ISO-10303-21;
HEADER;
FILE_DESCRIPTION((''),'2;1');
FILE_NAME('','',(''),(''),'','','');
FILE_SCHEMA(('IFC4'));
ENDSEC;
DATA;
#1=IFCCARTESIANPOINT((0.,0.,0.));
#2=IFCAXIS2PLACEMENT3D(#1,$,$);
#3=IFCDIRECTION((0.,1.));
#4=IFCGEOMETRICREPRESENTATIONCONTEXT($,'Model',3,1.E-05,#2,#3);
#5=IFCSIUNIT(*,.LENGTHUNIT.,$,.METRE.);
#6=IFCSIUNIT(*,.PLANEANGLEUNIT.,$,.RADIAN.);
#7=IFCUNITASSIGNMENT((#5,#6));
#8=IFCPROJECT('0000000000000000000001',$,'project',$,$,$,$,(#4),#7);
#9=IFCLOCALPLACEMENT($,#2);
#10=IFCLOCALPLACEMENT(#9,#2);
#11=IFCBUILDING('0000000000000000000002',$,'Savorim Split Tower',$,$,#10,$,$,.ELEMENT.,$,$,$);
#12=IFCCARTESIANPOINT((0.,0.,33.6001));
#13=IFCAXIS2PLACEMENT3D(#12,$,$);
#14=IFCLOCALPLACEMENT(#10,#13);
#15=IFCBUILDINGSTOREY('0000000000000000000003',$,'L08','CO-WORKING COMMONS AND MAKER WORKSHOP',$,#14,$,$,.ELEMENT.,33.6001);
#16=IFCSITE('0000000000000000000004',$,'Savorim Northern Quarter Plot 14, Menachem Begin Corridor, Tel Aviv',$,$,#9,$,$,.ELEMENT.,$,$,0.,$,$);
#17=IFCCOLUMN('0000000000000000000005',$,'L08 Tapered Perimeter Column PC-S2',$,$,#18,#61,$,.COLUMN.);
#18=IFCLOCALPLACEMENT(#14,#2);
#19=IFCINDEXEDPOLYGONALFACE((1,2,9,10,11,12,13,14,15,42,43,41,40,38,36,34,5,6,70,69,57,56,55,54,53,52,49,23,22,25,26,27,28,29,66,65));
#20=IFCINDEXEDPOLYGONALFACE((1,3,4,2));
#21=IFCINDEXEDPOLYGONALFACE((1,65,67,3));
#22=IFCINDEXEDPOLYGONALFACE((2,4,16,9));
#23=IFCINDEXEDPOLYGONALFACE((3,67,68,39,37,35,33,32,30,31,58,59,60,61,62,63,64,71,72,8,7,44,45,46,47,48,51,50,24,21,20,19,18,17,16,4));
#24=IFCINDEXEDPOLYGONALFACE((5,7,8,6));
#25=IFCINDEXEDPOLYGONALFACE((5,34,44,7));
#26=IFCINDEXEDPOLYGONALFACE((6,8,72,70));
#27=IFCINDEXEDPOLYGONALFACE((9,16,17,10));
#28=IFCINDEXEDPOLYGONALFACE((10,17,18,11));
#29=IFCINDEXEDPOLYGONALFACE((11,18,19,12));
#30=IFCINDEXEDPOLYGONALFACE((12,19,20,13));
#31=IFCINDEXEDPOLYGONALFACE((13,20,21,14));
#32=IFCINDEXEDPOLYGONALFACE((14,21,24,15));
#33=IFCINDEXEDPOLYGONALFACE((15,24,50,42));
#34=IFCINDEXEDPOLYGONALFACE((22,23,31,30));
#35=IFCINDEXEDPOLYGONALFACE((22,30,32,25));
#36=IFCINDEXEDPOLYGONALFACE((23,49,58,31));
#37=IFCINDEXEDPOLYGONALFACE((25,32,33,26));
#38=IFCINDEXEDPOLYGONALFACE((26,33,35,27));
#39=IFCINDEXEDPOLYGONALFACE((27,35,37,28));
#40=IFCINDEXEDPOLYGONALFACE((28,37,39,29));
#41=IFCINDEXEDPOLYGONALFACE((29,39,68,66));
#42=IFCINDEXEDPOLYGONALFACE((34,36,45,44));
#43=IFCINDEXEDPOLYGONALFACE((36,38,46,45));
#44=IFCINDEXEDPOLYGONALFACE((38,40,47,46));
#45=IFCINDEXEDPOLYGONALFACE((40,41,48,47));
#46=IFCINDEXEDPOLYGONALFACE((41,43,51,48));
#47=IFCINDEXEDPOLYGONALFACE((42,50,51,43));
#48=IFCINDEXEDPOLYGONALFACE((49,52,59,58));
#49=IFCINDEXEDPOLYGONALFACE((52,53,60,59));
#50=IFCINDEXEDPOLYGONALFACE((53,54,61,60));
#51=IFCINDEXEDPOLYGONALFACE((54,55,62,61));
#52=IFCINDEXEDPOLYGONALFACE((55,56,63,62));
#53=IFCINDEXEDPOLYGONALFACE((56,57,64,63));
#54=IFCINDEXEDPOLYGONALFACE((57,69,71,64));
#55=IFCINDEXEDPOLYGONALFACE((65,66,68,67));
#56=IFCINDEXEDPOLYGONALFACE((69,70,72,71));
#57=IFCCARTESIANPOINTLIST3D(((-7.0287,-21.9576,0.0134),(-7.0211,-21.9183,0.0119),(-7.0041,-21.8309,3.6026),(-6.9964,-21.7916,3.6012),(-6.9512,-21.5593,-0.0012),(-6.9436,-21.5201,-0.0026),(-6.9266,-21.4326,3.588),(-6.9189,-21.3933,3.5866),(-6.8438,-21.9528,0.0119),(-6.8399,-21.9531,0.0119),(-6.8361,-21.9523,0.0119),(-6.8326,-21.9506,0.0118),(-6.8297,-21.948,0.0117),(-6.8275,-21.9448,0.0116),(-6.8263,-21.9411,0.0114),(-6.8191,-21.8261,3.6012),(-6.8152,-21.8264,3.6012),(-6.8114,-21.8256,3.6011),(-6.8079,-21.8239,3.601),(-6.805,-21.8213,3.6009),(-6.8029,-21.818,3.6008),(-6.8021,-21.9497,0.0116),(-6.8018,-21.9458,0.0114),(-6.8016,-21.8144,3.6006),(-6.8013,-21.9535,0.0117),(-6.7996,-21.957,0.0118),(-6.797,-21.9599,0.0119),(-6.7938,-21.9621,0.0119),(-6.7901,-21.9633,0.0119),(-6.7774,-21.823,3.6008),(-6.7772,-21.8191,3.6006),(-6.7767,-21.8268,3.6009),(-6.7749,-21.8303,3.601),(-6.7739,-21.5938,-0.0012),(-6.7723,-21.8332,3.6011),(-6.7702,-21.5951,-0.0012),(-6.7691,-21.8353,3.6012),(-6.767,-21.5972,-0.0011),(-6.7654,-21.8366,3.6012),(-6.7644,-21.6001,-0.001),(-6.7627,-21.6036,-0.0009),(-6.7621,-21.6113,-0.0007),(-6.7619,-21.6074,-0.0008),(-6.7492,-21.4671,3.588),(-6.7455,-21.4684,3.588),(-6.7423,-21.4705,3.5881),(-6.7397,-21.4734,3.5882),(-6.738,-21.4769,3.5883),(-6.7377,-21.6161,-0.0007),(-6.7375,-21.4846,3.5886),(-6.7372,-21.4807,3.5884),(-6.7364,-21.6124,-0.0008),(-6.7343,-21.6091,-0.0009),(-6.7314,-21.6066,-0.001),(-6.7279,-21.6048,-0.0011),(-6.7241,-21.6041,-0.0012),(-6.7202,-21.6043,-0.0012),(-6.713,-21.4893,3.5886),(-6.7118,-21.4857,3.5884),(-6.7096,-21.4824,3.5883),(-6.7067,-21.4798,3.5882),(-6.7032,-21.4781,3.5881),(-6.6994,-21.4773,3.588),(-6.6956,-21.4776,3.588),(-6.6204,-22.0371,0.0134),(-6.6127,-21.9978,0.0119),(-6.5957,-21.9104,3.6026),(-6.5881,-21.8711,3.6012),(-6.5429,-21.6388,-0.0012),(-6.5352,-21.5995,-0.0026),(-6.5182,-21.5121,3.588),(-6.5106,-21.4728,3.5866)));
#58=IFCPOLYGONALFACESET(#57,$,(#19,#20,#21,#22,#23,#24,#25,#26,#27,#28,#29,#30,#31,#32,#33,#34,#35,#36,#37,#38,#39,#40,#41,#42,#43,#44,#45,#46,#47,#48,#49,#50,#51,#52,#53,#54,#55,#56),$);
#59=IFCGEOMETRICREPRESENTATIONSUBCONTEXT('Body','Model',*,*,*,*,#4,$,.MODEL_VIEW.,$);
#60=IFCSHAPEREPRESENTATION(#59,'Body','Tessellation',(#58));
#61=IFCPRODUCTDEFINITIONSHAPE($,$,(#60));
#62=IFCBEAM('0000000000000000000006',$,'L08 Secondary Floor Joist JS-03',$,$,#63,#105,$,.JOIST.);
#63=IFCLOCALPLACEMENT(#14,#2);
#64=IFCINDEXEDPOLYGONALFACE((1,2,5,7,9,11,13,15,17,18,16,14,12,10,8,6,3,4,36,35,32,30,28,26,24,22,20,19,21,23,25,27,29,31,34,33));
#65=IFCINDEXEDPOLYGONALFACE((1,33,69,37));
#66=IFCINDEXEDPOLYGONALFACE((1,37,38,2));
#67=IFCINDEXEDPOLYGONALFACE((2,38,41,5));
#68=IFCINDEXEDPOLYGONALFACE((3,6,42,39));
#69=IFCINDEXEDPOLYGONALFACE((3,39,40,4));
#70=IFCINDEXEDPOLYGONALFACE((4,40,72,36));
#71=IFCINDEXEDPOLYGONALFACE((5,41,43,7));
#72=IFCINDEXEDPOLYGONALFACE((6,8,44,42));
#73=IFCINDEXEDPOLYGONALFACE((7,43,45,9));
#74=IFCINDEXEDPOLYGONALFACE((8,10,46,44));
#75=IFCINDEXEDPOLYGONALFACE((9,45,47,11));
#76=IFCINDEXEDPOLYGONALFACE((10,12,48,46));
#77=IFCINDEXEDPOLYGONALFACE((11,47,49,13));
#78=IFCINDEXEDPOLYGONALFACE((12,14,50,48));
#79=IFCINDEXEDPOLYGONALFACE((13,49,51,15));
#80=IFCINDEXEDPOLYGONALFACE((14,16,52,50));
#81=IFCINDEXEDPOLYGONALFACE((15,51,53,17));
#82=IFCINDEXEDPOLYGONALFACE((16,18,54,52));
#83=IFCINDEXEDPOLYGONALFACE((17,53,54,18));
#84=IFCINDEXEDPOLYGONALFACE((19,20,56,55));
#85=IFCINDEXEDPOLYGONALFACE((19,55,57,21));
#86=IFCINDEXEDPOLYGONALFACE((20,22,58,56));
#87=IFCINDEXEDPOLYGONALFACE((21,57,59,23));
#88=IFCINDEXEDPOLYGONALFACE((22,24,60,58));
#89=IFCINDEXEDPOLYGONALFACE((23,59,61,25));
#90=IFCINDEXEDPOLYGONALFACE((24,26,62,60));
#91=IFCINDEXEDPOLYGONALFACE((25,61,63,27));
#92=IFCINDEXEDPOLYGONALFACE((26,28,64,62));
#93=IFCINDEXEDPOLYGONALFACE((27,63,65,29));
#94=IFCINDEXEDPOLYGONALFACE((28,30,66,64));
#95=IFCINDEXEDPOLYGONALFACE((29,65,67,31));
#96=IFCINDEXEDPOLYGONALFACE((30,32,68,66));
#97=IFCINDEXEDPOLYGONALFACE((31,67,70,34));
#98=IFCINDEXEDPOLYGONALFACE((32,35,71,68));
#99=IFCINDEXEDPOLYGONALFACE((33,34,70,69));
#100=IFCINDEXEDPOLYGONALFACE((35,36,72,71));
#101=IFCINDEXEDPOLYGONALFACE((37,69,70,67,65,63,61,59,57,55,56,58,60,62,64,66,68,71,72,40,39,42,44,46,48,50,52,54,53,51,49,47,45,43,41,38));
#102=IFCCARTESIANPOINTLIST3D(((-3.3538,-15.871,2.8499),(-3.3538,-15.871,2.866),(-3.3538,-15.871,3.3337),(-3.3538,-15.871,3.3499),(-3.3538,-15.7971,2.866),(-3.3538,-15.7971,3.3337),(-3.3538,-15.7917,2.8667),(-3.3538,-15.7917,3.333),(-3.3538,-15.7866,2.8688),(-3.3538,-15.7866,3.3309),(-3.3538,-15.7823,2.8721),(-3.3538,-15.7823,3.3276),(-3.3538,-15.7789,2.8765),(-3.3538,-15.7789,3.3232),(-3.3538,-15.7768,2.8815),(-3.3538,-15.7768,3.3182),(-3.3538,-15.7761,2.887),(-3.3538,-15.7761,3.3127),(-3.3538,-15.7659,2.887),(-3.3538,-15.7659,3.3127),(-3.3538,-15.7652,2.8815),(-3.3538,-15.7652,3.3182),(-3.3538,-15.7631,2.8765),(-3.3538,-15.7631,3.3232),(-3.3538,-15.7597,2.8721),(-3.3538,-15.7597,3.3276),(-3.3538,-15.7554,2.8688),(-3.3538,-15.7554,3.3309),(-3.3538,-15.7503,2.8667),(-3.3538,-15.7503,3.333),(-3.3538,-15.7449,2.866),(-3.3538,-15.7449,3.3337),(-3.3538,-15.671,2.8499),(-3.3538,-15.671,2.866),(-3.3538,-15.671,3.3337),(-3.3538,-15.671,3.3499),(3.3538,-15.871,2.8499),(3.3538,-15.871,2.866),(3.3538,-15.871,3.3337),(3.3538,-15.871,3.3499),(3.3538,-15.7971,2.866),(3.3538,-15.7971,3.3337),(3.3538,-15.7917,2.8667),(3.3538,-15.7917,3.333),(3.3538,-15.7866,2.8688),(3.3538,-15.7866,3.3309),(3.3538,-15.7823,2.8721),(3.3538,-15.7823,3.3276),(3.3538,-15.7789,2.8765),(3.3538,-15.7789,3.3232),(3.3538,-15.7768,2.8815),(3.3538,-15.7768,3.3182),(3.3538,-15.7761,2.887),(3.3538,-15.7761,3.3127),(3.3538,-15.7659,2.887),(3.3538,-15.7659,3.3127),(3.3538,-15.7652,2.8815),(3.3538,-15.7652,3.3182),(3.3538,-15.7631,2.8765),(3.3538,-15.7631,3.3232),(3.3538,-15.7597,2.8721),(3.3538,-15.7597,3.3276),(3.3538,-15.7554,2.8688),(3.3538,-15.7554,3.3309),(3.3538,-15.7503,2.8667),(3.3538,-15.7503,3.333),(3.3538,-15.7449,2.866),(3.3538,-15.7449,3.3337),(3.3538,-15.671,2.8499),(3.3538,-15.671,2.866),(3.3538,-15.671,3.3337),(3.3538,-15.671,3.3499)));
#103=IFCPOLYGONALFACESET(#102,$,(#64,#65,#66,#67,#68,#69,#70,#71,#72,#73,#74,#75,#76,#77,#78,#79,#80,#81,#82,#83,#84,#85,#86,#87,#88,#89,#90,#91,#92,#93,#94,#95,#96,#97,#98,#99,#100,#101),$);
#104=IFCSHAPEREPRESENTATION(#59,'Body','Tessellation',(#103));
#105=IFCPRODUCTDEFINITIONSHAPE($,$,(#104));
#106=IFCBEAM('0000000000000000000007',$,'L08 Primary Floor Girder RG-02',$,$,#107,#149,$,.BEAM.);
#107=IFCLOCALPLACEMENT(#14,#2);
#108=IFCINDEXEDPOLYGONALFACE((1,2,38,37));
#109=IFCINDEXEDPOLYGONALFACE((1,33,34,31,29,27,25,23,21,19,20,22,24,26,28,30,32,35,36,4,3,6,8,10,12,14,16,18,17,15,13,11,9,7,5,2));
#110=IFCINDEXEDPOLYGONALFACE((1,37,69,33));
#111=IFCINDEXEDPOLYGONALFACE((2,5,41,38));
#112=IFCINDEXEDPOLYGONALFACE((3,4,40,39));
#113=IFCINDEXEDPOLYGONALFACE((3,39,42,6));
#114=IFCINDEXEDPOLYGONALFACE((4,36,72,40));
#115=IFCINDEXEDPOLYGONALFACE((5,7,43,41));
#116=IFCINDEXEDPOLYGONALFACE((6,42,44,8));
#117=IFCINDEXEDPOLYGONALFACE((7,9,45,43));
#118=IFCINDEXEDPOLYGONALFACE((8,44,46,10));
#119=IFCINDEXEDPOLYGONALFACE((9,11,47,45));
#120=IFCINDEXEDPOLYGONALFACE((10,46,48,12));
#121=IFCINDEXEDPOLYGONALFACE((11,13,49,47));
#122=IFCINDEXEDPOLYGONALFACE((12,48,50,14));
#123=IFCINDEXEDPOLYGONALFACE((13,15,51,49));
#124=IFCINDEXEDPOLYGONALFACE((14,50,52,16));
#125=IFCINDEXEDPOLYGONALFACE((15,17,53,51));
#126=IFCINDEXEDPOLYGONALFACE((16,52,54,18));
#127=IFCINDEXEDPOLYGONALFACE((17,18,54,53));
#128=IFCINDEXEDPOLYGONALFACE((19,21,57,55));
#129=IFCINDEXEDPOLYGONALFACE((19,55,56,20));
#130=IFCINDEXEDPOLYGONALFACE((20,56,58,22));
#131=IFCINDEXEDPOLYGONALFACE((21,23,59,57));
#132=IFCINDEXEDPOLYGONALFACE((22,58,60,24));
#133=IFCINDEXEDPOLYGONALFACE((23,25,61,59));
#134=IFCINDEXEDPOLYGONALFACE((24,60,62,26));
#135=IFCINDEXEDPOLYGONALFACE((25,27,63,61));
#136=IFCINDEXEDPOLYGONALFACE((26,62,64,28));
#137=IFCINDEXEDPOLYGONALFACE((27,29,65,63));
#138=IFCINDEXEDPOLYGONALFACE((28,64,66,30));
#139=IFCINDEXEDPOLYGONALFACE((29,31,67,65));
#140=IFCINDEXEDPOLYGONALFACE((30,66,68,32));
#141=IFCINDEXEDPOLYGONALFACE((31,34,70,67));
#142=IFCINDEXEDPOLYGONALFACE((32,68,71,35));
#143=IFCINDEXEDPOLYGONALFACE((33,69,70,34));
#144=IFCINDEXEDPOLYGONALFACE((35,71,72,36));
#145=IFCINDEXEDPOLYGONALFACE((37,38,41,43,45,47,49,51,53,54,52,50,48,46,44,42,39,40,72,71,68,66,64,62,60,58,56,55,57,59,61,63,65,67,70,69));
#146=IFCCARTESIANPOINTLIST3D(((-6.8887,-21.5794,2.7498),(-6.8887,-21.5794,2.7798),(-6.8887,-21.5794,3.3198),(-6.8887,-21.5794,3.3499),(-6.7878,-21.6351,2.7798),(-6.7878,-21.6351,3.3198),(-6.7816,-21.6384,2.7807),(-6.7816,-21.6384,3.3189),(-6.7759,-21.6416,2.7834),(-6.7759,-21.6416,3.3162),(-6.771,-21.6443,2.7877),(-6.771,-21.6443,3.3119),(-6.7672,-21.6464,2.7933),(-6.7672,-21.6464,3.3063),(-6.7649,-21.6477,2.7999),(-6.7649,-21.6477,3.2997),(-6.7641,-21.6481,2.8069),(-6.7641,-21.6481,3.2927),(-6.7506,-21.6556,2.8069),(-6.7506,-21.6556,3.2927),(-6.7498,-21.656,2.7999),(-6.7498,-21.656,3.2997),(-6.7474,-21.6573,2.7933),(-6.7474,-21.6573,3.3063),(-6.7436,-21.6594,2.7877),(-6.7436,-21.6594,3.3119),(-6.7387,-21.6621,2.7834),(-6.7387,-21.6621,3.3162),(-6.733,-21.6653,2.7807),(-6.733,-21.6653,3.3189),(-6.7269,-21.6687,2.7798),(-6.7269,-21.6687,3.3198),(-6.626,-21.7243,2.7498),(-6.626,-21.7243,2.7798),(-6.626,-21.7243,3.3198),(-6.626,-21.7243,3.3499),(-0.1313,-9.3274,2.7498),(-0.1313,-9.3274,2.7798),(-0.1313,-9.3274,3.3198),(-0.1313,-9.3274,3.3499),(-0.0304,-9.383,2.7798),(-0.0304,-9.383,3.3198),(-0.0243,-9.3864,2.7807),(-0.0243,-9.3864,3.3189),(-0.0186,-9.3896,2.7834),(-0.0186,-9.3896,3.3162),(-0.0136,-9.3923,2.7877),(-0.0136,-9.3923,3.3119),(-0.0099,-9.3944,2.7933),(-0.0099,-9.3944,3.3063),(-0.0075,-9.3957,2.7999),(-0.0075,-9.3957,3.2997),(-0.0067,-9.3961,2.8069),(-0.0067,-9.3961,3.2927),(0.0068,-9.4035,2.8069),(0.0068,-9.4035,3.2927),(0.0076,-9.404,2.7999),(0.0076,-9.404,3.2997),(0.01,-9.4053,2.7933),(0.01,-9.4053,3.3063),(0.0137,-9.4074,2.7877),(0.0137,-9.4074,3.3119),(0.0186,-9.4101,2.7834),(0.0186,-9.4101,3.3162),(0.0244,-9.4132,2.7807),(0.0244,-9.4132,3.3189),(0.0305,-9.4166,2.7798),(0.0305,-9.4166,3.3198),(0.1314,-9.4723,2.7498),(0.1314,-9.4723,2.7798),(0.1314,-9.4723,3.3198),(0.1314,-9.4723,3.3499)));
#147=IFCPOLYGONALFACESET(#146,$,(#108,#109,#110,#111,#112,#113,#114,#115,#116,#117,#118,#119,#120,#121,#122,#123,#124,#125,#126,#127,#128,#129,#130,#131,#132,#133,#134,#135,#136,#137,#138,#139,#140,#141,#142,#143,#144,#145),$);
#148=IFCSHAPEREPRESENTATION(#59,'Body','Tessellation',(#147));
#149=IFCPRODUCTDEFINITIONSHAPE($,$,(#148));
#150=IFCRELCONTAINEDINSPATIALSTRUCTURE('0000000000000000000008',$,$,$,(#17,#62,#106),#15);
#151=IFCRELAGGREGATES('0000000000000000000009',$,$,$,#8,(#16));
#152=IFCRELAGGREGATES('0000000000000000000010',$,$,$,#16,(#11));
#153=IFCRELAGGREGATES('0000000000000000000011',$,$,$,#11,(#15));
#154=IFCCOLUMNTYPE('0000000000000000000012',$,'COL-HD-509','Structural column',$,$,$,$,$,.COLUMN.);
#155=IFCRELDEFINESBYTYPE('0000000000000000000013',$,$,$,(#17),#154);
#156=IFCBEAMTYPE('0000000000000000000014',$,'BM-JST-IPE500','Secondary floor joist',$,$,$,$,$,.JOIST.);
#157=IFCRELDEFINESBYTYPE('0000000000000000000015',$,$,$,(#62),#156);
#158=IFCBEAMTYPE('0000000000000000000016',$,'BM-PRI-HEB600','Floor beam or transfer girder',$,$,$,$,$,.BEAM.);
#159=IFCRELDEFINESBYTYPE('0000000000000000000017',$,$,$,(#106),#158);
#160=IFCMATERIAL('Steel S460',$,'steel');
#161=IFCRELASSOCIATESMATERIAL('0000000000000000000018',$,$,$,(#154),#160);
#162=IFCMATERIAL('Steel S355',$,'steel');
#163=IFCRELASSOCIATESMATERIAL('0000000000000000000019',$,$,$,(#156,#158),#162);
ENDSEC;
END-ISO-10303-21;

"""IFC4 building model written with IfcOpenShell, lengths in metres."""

from ifc_helpers import new_model, si_unit, direction, frame, origin, origin_2d, place, context, subcontext, project, spatial, i_section, extrude, material, material_profile, profile_set, type_object, element, save


model = new_model("IFC4")

# Units and contexts
model_context = context("Model", 3, precision=1e-05, world=origin(), true_north=direction((0.0, 1.0)))
body_context = subcontext(model_context, "Body", "Model", "MODEL_VIEW")
ifc_project = project(units=[si_unit("LENGTHUNIT", "METRE"), si_unit("PLANEANGLEUNIT", "RADIAN")], contexts=[model_context])

# Site, building, storey
site_placement = place(None, origin())
site = spatial("IfcSite", under=ifc_project, at=site_placement, Name="Savorim Northern Quarter Plot 14, Menachem Begin Corridor, Tel Aviv", CompositionType="ELEMENT", RefElevation=0.0)
building_placement = place(site_placement, origin())
building = spatial("IfcBuilding", under=site, at=building_placement, Name="Savorim Split Tower", CompositionType="ELEMENT")
storey_placement = place(building_placement, frame((0.0, 0.0, 33.6001)))
storey = spatial("IfcBuildingStorey", under=building, at=storey_placement, Name="L08", Description="CO-WORKING COMMONS AND MAKER WORKSHOP", CompositionType="ELEMENT", Elevation=33.6001)

# Column
ifc_material_1 = material(Name="Steel S460", Category="steel")
ifc_material_profile_1 = material_profile(ifc_material_1, i_section(OverallWidth=0.416, OverallDepth=0.446, WebThickness=0.0249, FlangeThickness=0.04, FilletRadius=0.0149, at=origin_2d()), Name="HD 400x509")
ifc_profile_set_1 = profile_set([ifc_material_profile_1], Name="Steel S460")
column_type = type_object("IfcColumnType", Name="COL-HD-509", Description="Structural column", PredefinedType="COLUMN", material=ifc_profile_set_1)
column_placement = place(storey_placement, frame((-6.782, -21.7786, 0.0054), z_axis=(0.006866, 0.035281, 0.999354), x_axis=(-0.981586, 0.191022, 0.0)))
element("IfcColumn", 1, at=column_placement, inside=storey, type_object=column_type, Name="L08 Tapered Perimeter Column PC-S2", PredefinedType="COLUMN", context=body_context, shape_type="SweptSolid", body=[
    extrude(i_section(OverallWidth=0.416, OverallDepth=0.446, WebThickness=0.0249, FlangeThickness=0.04, FilletRadius=0.0149, at=origin_2d()), origin(), (0.0, 0.0, 1.0), 3.5916),
])

# Beams
ifc_material_2 = material(Name="Steel S355", Category="steel")
ifc_material_profile_2 = material_profile(ifc_material_2, i_section(OverallWidth=0.2, OverallDepth=0.5, WebThickness=0.0103, FlangeThickness=0.0161, FilletRadius=0.021, at=origin_2d()), Name="IPE 500")
ifc_profile_set_2 = profile_set([ifc_material_profile_2], Name="Steel S355")
beam_type_1 = type_object("IfcBeamType", Name="BM-JST-IPE500", Description="Secondary floor joist", PredefinedType="JOIST", material=ifc_profile_set_2)
beam_1_placement = place(storey_placement, frame((-3.3538, -15.771, 3.0999), z_axis=(1.0, 0.0, 0.0), x_axis=(0.0, 1.0, 0.0)))
element("IfcBeam", 2, at=beam_1_placement, inside=storey, type_object=beam_type_1, Name="L08 Secondary Floor Joist JS-03", PredefinedType="JOIST", context=body_context, shape_type="SweptSolid", body=[
    extrude(i_section(OverallWidth=0.2, OverallDepth=0.5, WebThickness=0.0103, FlangeThickness=0.0161, FilletRadius=0.021, at=origin_2d()), origin(), (0.0, 0.0, 1.0), 6.7075),
])
ifc_material_profile_3 = material_profile(ifc_material_2, i_section(OverallWidth=0.3, OverallDepth=0.6001, WebThickness=0.0154, FlangeThickness=0.03, FilletRadius=0.0271, at=origin_2d()), Name="HEB 600")
ifc_profile_set_3 = profile_set([ifc_material_profile_3], Name="Steel S355")
beam_type_2 = type_object("IfcBeamType", Name="BM-PRI-HEB600", Description="Floor beam or transfer girder", PredefinedType="BEAM", material=ifc_profile_set_3)
beam_2_placement = place(storey_placement, frame((-6.7573, -21.6519, 3.0498), z_axis=(0.482947, 0.875649, 0.0), x_axis=(-0.875649, 0.482947, 0.0)))
element("IfcBeam", 3, at=beam_2_placement, inside=storey, type_object=beam_type_2, Name="L08 Primary Floor Girder RG-02", PredefinedType="BEAM", context=body_context, shape_type="SweptSolid", body=[
    extrude(i_section(OverallWidth=0.3, OverallDepth=0.6001, WebThickness=0.0154, FlangeThickness=0.03, FilletRadius=0.0271, at=origin_2d()), origin(), (0.0, 0.0, 1.0), 13.9919),
])

save(model, "model.ifc")
